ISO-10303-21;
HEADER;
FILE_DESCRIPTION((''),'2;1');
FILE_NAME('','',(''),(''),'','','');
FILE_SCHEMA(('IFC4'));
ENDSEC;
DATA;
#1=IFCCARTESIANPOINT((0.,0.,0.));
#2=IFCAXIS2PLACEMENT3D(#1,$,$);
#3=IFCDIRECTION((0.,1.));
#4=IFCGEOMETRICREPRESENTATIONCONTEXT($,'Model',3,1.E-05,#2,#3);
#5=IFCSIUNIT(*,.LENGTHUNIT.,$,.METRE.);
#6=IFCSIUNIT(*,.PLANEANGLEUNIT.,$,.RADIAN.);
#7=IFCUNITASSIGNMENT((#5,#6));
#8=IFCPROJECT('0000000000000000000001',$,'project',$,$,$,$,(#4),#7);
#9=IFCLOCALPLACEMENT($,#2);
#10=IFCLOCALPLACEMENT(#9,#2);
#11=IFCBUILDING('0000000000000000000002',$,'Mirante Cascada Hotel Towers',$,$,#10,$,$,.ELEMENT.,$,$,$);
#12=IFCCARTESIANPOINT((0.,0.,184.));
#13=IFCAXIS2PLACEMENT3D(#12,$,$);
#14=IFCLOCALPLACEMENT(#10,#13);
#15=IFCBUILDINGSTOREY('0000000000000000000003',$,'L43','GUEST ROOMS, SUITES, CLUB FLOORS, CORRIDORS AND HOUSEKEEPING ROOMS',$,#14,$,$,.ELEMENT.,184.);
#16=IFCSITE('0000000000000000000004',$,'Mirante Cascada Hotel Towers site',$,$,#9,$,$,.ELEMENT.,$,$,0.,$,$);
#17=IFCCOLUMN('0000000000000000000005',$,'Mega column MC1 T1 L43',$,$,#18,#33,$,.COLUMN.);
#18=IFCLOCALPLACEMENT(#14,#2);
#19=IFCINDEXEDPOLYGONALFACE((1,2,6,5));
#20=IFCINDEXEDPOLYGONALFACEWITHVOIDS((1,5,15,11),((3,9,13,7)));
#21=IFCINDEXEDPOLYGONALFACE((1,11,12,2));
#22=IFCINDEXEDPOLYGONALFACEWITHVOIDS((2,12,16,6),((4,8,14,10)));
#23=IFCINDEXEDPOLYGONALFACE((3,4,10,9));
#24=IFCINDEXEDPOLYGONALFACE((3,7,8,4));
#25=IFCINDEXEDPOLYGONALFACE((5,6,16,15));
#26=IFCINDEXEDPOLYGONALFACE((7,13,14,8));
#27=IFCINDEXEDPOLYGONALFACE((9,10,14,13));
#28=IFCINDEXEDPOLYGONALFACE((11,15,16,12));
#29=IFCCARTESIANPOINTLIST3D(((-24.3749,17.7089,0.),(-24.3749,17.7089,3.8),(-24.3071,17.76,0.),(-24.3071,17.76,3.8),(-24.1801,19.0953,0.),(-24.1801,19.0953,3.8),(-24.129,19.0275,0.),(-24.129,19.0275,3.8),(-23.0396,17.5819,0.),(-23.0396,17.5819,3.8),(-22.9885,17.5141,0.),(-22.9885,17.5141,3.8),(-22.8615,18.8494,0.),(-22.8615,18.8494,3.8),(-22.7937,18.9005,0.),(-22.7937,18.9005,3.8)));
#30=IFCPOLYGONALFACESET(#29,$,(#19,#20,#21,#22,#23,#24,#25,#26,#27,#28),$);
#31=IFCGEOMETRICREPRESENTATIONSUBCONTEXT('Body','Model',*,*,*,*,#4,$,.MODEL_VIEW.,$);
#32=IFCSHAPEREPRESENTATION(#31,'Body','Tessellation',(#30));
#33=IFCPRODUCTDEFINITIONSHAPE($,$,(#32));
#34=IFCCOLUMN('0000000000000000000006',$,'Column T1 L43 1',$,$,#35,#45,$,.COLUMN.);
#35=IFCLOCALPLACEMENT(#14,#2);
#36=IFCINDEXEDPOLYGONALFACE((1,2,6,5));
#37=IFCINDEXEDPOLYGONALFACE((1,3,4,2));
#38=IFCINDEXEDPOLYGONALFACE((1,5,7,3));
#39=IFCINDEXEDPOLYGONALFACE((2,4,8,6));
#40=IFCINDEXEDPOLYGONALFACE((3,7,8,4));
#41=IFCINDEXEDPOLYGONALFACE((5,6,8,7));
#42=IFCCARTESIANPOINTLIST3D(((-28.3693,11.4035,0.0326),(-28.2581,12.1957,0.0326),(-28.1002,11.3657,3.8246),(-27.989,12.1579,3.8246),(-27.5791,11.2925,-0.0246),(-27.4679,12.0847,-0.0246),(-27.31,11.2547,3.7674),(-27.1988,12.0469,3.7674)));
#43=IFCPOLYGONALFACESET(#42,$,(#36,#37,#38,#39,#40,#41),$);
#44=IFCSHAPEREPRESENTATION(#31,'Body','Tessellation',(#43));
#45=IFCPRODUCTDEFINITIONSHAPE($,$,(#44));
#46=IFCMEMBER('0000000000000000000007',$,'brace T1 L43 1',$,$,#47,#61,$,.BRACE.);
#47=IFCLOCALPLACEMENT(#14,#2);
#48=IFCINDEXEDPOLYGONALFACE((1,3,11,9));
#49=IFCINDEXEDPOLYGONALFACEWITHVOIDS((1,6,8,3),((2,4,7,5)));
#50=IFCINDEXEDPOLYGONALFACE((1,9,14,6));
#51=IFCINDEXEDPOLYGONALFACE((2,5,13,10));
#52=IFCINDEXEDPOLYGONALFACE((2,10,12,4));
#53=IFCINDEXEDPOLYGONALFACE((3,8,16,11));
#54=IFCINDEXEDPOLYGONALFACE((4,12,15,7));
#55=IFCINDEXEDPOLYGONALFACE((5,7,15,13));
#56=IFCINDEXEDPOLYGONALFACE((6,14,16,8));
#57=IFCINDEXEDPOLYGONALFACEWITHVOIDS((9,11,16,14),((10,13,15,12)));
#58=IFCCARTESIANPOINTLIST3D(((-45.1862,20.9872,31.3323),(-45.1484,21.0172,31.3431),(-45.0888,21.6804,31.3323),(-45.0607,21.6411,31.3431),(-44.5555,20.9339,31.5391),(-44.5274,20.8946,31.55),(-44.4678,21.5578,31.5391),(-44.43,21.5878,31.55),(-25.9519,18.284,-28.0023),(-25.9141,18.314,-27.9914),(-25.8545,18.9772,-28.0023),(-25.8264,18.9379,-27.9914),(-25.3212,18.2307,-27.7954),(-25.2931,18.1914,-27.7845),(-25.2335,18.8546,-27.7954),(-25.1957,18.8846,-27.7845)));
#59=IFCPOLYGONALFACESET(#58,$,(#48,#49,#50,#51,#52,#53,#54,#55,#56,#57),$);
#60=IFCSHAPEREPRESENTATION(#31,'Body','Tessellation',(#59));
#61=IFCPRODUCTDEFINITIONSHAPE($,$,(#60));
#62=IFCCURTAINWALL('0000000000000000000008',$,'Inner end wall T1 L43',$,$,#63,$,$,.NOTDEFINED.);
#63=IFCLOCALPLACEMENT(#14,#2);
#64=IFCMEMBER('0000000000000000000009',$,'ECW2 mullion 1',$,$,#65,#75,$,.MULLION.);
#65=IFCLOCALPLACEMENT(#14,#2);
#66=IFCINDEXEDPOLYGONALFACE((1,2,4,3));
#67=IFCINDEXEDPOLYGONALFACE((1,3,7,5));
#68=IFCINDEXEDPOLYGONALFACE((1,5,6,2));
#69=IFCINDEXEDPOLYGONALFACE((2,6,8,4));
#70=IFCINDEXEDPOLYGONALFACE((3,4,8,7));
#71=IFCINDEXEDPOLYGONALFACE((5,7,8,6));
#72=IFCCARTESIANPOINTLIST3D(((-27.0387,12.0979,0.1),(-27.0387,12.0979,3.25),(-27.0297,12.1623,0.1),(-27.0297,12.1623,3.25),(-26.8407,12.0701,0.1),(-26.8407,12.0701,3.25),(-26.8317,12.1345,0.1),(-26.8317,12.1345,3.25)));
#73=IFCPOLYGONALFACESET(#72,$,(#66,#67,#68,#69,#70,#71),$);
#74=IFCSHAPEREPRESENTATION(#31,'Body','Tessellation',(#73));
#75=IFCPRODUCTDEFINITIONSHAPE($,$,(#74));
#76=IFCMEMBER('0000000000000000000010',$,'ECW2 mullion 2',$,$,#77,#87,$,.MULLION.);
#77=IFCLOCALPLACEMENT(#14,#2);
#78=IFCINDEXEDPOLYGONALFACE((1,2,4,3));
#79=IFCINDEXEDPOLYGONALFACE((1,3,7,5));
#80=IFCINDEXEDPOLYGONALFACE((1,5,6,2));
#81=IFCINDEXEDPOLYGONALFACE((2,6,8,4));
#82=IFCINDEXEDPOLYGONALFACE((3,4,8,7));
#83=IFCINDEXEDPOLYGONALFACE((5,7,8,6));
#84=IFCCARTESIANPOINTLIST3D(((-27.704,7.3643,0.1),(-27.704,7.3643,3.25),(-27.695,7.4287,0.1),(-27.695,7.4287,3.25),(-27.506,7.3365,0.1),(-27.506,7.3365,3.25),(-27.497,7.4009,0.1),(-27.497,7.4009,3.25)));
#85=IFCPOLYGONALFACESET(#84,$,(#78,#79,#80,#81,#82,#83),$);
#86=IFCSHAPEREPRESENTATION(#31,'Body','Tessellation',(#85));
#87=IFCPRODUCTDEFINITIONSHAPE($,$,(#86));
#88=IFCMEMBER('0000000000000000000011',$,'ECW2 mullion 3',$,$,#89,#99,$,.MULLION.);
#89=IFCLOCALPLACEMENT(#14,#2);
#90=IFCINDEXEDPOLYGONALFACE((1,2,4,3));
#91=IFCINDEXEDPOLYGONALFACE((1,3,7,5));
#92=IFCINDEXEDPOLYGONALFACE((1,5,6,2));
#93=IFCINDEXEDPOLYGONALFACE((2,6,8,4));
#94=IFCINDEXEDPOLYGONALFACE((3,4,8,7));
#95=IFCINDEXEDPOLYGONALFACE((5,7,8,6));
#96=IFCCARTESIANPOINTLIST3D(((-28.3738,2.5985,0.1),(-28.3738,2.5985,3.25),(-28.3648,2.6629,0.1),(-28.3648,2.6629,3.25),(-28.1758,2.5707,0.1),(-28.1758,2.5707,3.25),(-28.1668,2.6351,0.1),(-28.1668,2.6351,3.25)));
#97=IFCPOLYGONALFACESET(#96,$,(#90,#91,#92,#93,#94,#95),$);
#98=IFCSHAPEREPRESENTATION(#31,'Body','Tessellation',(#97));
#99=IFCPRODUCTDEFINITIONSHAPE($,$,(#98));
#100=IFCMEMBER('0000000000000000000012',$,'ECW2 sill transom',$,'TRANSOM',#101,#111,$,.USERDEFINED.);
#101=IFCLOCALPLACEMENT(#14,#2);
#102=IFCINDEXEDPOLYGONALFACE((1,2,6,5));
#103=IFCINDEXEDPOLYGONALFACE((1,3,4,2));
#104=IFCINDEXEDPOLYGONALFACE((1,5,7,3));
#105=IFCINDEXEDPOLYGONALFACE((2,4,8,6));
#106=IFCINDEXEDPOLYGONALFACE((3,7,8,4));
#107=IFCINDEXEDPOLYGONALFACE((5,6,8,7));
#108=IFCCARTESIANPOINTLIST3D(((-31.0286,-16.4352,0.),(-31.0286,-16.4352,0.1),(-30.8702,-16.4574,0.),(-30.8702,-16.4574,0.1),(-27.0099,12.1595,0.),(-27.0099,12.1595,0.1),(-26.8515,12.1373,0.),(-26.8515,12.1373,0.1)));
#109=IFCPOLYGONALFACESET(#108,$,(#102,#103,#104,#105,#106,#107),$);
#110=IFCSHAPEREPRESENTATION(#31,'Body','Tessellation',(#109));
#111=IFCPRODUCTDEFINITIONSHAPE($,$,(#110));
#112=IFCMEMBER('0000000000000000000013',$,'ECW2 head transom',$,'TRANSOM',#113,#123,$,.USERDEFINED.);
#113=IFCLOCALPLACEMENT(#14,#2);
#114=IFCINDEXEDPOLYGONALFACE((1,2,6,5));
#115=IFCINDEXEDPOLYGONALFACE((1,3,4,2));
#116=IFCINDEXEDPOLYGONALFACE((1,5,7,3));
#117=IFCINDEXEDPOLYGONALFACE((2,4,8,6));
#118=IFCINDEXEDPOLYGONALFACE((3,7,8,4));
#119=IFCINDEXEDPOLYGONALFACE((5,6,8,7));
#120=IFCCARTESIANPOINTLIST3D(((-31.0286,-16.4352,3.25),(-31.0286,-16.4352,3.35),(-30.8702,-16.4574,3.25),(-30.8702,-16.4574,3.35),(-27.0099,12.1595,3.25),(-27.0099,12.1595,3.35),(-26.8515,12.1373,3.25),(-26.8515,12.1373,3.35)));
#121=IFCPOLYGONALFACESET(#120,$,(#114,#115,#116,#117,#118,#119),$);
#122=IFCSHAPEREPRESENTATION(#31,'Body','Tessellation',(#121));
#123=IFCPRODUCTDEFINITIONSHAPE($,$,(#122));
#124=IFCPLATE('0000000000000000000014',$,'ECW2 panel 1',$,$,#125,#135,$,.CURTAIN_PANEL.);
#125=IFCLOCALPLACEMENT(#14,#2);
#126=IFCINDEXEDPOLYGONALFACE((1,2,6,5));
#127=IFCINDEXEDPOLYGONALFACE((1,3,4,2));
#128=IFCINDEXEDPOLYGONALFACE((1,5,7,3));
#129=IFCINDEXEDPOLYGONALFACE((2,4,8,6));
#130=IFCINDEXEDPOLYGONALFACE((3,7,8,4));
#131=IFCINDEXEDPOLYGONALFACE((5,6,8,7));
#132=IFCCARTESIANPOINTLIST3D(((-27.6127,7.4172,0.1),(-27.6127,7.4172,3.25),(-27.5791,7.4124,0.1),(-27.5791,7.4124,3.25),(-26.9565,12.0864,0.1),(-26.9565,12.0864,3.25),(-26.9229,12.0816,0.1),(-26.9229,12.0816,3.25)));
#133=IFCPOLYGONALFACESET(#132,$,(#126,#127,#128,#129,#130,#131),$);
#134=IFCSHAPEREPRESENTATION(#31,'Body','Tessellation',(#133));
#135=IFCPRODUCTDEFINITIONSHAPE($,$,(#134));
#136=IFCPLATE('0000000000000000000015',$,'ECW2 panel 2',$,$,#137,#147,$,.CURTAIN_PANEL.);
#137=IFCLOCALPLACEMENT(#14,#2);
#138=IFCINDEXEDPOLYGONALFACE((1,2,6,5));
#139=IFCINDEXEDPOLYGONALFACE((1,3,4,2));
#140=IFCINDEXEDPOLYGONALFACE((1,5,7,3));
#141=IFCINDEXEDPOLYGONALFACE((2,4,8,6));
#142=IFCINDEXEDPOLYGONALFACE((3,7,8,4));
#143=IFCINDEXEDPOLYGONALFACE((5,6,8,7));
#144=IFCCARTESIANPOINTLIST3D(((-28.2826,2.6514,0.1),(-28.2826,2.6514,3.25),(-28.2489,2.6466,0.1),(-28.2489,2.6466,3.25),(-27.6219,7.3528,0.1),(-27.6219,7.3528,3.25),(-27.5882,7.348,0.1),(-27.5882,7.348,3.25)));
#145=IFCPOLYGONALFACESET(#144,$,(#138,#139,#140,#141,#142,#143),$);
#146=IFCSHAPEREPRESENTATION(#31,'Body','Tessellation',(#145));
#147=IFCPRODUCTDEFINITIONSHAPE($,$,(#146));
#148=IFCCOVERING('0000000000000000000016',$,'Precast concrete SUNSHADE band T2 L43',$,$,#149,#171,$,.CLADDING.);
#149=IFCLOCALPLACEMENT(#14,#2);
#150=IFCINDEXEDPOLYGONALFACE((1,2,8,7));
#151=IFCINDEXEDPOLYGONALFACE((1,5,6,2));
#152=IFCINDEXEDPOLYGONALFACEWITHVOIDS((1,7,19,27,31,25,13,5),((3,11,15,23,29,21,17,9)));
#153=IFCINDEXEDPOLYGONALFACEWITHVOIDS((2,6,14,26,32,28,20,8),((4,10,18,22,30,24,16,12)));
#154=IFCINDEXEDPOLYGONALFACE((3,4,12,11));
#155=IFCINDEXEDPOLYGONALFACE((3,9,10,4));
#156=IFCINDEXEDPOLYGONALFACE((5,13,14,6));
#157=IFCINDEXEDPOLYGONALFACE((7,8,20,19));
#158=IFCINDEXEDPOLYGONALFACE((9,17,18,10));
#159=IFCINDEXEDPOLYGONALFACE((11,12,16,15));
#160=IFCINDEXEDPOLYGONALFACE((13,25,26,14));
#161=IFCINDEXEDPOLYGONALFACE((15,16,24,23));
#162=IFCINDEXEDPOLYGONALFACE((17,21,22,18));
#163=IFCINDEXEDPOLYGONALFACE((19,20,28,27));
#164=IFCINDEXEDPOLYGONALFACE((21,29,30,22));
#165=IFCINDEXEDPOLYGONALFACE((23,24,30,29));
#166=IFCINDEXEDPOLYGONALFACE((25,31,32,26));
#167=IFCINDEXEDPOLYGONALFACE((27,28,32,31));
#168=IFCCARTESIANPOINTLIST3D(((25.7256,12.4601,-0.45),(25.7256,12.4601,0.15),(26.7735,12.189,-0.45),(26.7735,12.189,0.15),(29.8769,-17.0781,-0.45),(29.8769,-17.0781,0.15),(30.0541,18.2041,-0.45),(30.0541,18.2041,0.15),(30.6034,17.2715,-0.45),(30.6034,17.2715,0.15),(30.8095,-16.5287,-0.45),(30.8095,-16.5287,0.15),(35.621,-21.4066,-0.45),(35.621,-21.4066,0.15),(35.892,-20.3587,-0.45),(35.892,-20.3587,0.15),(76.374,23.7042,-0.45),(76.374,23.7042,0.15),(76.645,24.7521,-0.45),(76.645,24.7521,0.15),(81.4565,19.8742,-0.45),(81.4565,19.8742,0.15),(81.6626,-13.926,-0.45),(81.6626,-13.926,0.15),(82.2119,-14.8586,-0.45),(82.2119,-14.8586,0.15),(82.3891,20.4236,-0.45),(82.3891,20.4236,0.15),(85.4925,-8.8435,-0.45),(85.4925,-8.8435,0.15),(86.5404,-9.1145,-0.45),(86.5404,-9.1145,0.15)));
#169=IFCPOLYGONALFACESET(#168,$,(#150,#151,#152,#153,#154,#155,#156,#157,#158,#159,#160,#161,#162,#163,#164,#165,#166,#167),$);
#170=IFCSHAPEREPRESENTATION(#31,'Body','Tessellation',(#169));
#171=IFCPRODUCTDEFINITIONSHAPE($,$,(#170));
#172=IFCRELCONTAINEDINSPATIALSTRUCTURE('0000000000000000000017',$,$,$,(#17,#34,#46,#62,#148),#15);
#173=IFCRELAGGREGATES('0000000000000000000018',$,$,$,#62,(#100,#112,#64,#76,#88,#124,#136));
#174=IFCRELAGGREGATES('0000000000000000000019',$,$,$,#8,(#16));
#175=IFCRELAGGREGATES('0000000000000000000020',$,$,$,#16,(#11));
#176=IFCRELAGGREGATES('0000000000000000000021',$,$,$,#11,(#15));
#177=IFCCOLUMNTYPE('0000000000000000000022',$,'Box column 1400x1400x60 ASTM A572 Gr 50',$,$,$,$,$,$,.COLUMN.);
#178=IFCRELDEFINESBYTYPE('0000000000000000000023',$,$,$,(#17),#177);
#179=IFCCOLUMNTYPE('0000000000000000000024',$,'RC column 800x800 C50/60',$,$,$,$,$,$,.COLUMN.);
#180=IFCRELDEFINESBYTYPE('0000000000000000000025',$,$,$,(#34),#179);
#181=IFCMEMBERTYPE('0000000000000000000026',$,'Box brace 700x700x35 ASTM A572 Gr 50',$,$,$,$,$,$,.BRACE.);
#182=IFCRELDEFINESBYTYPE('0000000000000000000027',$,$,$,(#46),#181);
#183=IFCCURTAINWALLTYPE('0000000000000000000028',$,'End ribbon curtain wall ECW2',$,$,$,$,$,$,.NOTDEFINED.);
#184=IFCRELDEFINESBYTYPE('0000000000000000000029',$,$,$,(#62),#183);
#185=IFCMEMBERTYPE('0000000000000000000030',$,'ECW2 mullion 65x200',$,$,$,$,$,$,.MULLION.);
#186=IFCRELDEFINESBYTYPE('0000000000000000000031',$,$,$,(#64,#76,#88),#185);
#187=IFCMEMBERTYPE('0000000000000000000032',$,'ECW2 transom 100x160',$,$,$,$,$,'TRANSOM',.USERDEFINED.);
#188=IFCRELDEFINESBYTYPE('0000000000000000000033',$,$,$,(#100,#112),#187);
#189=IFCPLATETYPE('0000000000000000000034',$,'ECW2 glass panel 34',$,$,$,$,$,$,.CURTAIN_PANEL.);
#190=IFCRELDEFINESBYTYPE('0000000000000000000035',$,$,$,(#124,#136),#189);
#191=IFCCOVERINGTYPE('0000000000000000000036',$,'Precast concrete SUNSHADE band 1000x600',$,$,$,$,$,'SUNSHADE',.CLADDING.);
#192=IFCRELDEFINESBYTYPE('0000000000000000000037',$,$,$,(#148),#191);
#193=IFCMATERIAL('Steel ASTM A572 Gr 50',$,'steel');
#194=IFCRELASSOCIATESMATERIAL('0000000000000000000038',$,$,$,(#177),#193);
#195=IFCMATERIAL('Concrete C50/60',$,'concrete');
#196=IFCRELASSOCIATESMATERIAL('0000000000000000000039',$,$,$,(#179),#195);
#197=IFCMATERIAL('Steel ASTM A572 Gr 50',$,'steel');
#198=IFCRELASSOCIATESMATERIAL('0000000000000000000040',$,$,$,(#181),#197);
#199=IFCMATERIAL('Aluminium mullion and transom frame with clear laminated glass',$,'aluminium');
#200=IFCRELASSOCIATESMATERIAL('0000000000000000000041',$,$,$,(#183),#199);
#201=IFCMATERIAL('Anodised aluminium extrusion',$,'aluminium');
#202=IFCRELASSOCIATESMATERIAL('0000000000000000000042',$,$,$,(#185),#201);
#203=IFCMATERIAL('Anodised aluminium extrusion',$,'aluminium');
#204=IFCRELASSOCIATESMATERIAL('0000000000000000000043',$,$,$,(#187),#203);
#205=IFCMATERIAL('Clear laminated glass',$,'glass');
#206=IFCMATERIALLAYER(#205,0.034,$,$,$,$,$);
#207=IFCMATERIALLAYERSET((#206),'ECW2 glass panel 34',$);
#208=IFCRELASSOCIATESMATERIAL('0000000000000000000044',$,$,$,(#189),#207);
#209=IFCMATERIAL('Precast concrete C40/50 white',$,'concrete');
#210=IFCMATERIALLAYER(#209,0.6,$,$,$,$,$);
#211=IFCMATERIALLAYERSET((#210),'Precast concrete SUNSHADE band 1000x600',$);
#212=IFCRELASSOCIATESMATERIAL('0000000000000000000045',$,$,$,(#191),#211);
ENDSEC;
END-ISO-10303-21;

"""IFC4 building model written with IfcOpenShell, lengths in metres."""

from ifc_helpers import new_model, si_unit, direction, frame, origin, origin_2d, place, context, subcontext, project, spatial, polyline, rectangle, hollow_rectangle, outline, extrude, material, layer, layer_set, material_profile, profile_set, type_object, element, aggregate, save


model = new_model("IFC4")

# Units and contexts
model_context = context("Model", 3, precision=1e-05, world=origin(), true_north=direction((0.0, 1.0)))
body_context = subcontext(model_context, "Body", "Model", "MODEL_VIEW")
ifc_project = project(units=[si_unit("LENGTHUNIT", "METRE"), si_unit("PLANEANGLEUNIT", "RADIAN")], contexts=[model_context])

# Site, building, storey
site_placement = place(None, origin())
site = spatial("IfcSite", under=ifc_project, at=site_placement, Name="Mirante Cascada Hotel Towers site", CompositionType="ELEMENT", RefElevation=0.0)
building_placement = place(site_placement, origin())
building = spatial("IfcBuilding", under=site, at=building_placement, Name="Mirante Cascada Hotel Towers", CompositionType="ELEMENT")
storey_placement = place(building_placement, frame((0.0, 0.0, 184.0)))
storey = spatial("IfcBuildingStorey", under=building, at=storey_placement, Name="L43", Description="GUEST ROOMS, SUITES, CLUB FLOORS, CORRIDORS AND HOUSEKEEPING ROOMS", CompositionType="ELEMENT", Elevation=184.0)

# Columns
ifc_material_1 = material(Name="Steel ASTM A572 Gr 50", Category="steel")
ifc_material_profile_1 = material_profile(ifc_material_1, hollow_rectangle(XDim=1.4, YDim=1.4, WallThickness=0.06, at=origin_2d()), Name="Box column 1400x1400x60 ASTM A572 Gr 50")
ifc_profile_set_1 = profile_set([ifc_material_profile_1], Name="Steel ASTM A572 Gr 50")
column_type_1 = type_object("IfcColumnType", Name="Box column 1400x1400x60 ASTM A572 Gr 50", PredefinedType="COLUMN", material=ifc_profile_set_1)
column_1_placement = place(storey_placement, frame((-23.5843, 18.3047, 0.0), z_axis=(0.0, 0.0, 1.0), x_axis=(-0.990268, 0.139173, 0.0)))
element("IfcColumn", 1, at=column_1_placement, inside=storey, type_object=column_type_1, Name="Mega column MC1 T1 L43", PredefinedType="COLUMN", context=body_context, shape_type="SweptSolid", body=[
    extrude(hollow_rectangle(XDim=1.4, YDim=1.4, WallThickness=0.06, at=origin_2d()), origin(), (0.0, 0.0, 1.0), 3.8),
])
ifc_material_2 = material(Name="Concrete C50/60", Category="concrete")
ifc_material_profile_2 = material_profile(ifc_material_2, rectangle(XDim=0.8, YDim=0.8, at=origin_2d()), Name="RC column 800x800 C50/60")
ifc_profile_set_2 = profile_set([ifc_material_profile_2], Name="Concrete C50/60")
column_type_2 = type_object("IfcColumnType", Name="RC column 800x800 C50/60", PredefinedType="COLUMN", material=ifc_profile_set_2)
column_2_placement = place(storey_placement, frame((-27.9186, 11.7441, 0.004), z_axis=(0.070784, -0.009943, 0.997442), x_axis=(0.139103, 0.990278, 0.0)))
element("IfcColumn", 2, at=column_2_placement, inside=storey, type_object=column_type_2, Name="Column T1 L43 1", PredefinedType="COLUMN", context=body_context, shape_type="SweptSolid", body=[
    extrude(rectangle(XDim=0.8, YDim=0.8, at=origin_2d()), origin(), (0.0, 0.0, 1.0), 3.8017),
])

# Member
ifc_material_3 = material(Name="Steel ASTM A572 Gr 50", Category="steel")
ifc_material_profile_3 = material_profile(ifc_material_3, hollow_rectangle(XDim=0.7, YDim=0.7, WallThickness=0.035, at=origin_2d()), Name="Box brace 700x700x35 ASTM A572 Gr 50")
ifc_profile_set_3 = profile_set([ifc_material_profile_3], Name="Steel ASTM A572 Gr 50")
member_type_1 = type_object("IfcMemberType", Name="Box brace 700x700x35 ASTM A572 Gr 50", PredefinedType="BRACE", material=ifc_profile_set_3)
member_1_placement = place(storey_placement, frame((-25.5738, 18.5843, -27.8934), z_axis=(-0.30808, 0.043298, 0.950375), x_axis=(-0.139173, -0.990268, 0.0)))
element("IfcMember", 3, at=member_1_placement, inside=storey, type_object=member_type_1, Name="brace T1 L43 1", PredefinedType="BRACE", context=body_context, shape_type="SweptSolid", body=[
    extrude(hollow_rectangle(XDim=0.7, YDim=0.7, WallThickness=0.035, at=origin_2d()), origin(), (0.0, 0.0, 1.0), 62.4328),
])

# Curtain wall, members, plates
ifc_material_4 = material(Name="Aluminium mullion and transom frame with clear laminated glass", Category="aluminium")
curtain_wall_type = type_object("IfcCurtainWallType", Name="End ribbon curtain wall ECW2", PredefinedType="NOTDEFINED", material=ifc_material_4)
curtain_wall_placement = place(storey_placement, origin())
curtain_wall = element("IfcCurtainWall", 4, at=curtain_wall_placement, inside=storey, type_object=curtain_wall_type, Name="Inner end wall T1 L43", PredefinedType="NOTDEFINED")
ifc_material_5 = material(Name="Anodised aluminium extrusion", Category="aluminium")
ifc_material_profile_4 = material_profile(ifc_material_5, rectangle(XDim=0.2, YDim=0.065, at=origin_2d()), Name="ECW2 MULLION 65x200")
ifc_profile_set_4 = profile_set([ifc_material_profile_4], Name="Anodised aluminium extrusion")
member_type_2 = type_object("IfcMemberType", Name="ECW2 mullion 65x200", PredefinedType="MULLION", material=ifc_profile_set_4)
member_2_placement = place(storey_placement, frame((-26.9352, 12.1162, 0.1), z_axis=(0.0, 0.0, 1.0), x_axis=(0.990268, -0.139173, 0.0)))
member_2 = element("IfcMember", 5, at=member_2_placement, type_object=member_type_2, Name="ECW2 mullion 1", PredefinedType="MULLION", context=body_context, shape_type="SweptSolid", body=[
    extrude(rectangle(XDim=0.2, YDim=0.065, at=origin_2d()), origin(), (0.0, 0.0, 1.0), 3.15),
])
member_3_placement = place(storey_placement, frame((-27.6005, 7.3826, 0.1), z_axis=(0.0, 0.0, 1.0), x_axis=(0.990268, -0.139173, 0.0)))
member_3 = element("IfcMember", 6, at=member_3_placement, type_object=member_type_2, Name="ECW2 mullion 2", PredefinedType="MULLION", context=body_context, shape_type="SweptSolid", body=[
    extrude(rectangle(XDim=0.2, YDim=0.065, at=origin_2d()), origin(), (0.0, 0.0, 1.0), 3.15),
])
member_4_placement = place(storey_placement, frame((-28.2703, 2.6168, 0.1), z_axis=(0.0, 0.0, 1.0), x_axis=(0.990268, -0.139173, 0.0)))
member_4 = element("IfcMember", 7, at=member_4_placement, type_object=member_type_2, Name="ECW2 mullion 3", PredefinedType="MULLION", context=body_context, shape_type="SweptSolid", body=[
    extrude(rectangle(XDim=0.2, YDim=0.065, at=origin_2d()), origin(), (0.0, 0.0, 1.0), 3.15),
])
ifc_material_6 = material(Name="Anodised aluminium extrusion", Category="aluminium")
ifc_material_profile_5 = material_profile(ifc_material_6, rectangle(XDim=0.16, YDim=0.1, at=origin_2d()), Name="ECW2 TRANSOM 100x160")
ifc_profile_set_5 = profile_set([ifc_material_profile_5], Name="Anodised aluminium extrusion")
member_type_3 = type_object("IfcMemberType", Name="ECW2 transom 100x160", ElementType="TRANSOM", PredefinedType="USERDEFINED", material=ifc_profile_set_5)
member_5_placement = place(storey_placement, frame((-26.9307, 12.1484, 0.05), z_axis=(-0.139172, -0.990268, 0.0), x_axis=(0.990268, -0.139172, 0.0)))
member_5 = element("IfcMember", 8, at=member_5_placement, type_object=member_type_3, Name="ECW2 sill transom", ObjectType="TRANSOM", PredefinedType="USERDEFINED", context=body_context, shape_type="SweptSolid", body=[
    extrude(rectangle(XDim=0.16, YDim=0.1, at=origin_2d()), origin(), (0.0, 0.0, 1.0), 28.8757),
])
member_6_placement = place(storey_placement, frame((-26.9307, 12.1484, 3.3), z_axis=(-0.139172, -0.990268, 0.0), x_axis=(0.990268, -0.139172, 0.0)))
member_6 = element("IfcMember", 9, at=member_6_placement, type_object=member_type_3, Name="ECW2 head transom", ObjectType="TRANSOM", PredefinedType="USERDEFINED", context=body_context, shape_type="SweptSolid", body=[
    extrude(rectangle(XDim=0.16, YDim=0.1, at=origin_2d()), origin(), (0.0, 0.0, 1.0), 28.8757),
])
ifc_material_7 = material(Name="Clear laminated glass", Category="glass")
ifc_layer_1 = layer(ifc_material_7, 0.034)
ifc_layer_set_1 = layer_set([ifc_layer_1], Name="ECW2 glass panel 34")
plate_type = type_object("IfcPlateType", Name="ECW2 glass panel 34", PredefinedType="CURTAIN_PANEL", material=ifc_layer_set_1)
plate_1_placement = place(storey_placement, frame((-27.2678, 9.7494, 0.1), z_axis=(0.0, 0.0, 1.0), x_axis=(-0.139173, -0.990268, 0.0)))
plate_1 = element("IfcPlate", 10, at=plate_1_placement, type_object=plate_type, Name="ECW2 panel 1", PredefinedType="CURTAIN_PANEL", context=body_context, shape_type="SweptSolid", body=[
    extrude(rectangle(XDim=4.7151, YDim=0.034, at=origin_2d()), origin(), (0.0, 0.0, 1.0), 3.15),
])
plate_2_placement = place(storey_placement, frame((-27.9354, 4.9997, 0.1), z_axis=(0.0, 0.0, 1.0), x_axis=(-0.139173, -0.990268, 0.0)))
plate_2 = element("IfcPlate", 11, at=plate_2_placement, type_object=plate_type, Name="ECW2 panel 2", PredefinedType="CURTAIN_PANEL", context=body_context, shape_type="SweptSolid", body=[
    extrude(rectangle(XDim=4.7476, YDim=0.034, at=origin_2d()), origin(), (0.0, 0.0, 1.0), 3.15),
])
aggregate(curtain_wall, [member_5, member_6, member_2, member_3, member_4, plate_1, plate_2])

# Covering
ifc_material_8 = material(Name="Precast concrete C40/50 white", Category="concrete")
ifc_layer_2 = layer(ifc_material_8, 0.6)
ifc_layer_set_2 = layer_set([ifc_layer_2], Name="Precast concrete SUNSHADE band 1000x600")
covering_type = type_object("IfcCoveringType", Name="Precast concrete SUNSHADE band 1000x600", ElementType="SUNSHADE", PredefinedType="CLADDING", material=ifc_layer_set_2)
covering_placement = place(storey_placement, frame((0.0, 0.0, -0.45)))
element("IfcCovering", 12, at=covering_placement, inside=storey, type_object=covering_type, Name="Precast concrete SUNSHADE band T2 L43", PredefinedType="CLADDING", context=body_context, shape_type="SweptSolid", body=[
    extrude(outline(polyline([(25.7256, 12.4601), (30.0541, 18.2041), (76.645, 24.7521), (82.3891, 20.4236), (86.5404, -9.1145), (82.2119, -14.8586), (35.621, -21.4066), (29.8769, -17.0781), (25.7256, 12.4601)]), holes=[polyline([(85.4925, -8.8435), (81.4565, 19.8742), (76.374, 23.7042), (30.6034, 17.2715), (26.7735, 12.189), (30.8095, -16.5287), (35.892, -20.3587), (81.6626, -13.926), (85.4925, -8.8435)])]), origin(), (0.0, 0.0, 1.0), 0.6),
])

save(model, "model.ifc")
